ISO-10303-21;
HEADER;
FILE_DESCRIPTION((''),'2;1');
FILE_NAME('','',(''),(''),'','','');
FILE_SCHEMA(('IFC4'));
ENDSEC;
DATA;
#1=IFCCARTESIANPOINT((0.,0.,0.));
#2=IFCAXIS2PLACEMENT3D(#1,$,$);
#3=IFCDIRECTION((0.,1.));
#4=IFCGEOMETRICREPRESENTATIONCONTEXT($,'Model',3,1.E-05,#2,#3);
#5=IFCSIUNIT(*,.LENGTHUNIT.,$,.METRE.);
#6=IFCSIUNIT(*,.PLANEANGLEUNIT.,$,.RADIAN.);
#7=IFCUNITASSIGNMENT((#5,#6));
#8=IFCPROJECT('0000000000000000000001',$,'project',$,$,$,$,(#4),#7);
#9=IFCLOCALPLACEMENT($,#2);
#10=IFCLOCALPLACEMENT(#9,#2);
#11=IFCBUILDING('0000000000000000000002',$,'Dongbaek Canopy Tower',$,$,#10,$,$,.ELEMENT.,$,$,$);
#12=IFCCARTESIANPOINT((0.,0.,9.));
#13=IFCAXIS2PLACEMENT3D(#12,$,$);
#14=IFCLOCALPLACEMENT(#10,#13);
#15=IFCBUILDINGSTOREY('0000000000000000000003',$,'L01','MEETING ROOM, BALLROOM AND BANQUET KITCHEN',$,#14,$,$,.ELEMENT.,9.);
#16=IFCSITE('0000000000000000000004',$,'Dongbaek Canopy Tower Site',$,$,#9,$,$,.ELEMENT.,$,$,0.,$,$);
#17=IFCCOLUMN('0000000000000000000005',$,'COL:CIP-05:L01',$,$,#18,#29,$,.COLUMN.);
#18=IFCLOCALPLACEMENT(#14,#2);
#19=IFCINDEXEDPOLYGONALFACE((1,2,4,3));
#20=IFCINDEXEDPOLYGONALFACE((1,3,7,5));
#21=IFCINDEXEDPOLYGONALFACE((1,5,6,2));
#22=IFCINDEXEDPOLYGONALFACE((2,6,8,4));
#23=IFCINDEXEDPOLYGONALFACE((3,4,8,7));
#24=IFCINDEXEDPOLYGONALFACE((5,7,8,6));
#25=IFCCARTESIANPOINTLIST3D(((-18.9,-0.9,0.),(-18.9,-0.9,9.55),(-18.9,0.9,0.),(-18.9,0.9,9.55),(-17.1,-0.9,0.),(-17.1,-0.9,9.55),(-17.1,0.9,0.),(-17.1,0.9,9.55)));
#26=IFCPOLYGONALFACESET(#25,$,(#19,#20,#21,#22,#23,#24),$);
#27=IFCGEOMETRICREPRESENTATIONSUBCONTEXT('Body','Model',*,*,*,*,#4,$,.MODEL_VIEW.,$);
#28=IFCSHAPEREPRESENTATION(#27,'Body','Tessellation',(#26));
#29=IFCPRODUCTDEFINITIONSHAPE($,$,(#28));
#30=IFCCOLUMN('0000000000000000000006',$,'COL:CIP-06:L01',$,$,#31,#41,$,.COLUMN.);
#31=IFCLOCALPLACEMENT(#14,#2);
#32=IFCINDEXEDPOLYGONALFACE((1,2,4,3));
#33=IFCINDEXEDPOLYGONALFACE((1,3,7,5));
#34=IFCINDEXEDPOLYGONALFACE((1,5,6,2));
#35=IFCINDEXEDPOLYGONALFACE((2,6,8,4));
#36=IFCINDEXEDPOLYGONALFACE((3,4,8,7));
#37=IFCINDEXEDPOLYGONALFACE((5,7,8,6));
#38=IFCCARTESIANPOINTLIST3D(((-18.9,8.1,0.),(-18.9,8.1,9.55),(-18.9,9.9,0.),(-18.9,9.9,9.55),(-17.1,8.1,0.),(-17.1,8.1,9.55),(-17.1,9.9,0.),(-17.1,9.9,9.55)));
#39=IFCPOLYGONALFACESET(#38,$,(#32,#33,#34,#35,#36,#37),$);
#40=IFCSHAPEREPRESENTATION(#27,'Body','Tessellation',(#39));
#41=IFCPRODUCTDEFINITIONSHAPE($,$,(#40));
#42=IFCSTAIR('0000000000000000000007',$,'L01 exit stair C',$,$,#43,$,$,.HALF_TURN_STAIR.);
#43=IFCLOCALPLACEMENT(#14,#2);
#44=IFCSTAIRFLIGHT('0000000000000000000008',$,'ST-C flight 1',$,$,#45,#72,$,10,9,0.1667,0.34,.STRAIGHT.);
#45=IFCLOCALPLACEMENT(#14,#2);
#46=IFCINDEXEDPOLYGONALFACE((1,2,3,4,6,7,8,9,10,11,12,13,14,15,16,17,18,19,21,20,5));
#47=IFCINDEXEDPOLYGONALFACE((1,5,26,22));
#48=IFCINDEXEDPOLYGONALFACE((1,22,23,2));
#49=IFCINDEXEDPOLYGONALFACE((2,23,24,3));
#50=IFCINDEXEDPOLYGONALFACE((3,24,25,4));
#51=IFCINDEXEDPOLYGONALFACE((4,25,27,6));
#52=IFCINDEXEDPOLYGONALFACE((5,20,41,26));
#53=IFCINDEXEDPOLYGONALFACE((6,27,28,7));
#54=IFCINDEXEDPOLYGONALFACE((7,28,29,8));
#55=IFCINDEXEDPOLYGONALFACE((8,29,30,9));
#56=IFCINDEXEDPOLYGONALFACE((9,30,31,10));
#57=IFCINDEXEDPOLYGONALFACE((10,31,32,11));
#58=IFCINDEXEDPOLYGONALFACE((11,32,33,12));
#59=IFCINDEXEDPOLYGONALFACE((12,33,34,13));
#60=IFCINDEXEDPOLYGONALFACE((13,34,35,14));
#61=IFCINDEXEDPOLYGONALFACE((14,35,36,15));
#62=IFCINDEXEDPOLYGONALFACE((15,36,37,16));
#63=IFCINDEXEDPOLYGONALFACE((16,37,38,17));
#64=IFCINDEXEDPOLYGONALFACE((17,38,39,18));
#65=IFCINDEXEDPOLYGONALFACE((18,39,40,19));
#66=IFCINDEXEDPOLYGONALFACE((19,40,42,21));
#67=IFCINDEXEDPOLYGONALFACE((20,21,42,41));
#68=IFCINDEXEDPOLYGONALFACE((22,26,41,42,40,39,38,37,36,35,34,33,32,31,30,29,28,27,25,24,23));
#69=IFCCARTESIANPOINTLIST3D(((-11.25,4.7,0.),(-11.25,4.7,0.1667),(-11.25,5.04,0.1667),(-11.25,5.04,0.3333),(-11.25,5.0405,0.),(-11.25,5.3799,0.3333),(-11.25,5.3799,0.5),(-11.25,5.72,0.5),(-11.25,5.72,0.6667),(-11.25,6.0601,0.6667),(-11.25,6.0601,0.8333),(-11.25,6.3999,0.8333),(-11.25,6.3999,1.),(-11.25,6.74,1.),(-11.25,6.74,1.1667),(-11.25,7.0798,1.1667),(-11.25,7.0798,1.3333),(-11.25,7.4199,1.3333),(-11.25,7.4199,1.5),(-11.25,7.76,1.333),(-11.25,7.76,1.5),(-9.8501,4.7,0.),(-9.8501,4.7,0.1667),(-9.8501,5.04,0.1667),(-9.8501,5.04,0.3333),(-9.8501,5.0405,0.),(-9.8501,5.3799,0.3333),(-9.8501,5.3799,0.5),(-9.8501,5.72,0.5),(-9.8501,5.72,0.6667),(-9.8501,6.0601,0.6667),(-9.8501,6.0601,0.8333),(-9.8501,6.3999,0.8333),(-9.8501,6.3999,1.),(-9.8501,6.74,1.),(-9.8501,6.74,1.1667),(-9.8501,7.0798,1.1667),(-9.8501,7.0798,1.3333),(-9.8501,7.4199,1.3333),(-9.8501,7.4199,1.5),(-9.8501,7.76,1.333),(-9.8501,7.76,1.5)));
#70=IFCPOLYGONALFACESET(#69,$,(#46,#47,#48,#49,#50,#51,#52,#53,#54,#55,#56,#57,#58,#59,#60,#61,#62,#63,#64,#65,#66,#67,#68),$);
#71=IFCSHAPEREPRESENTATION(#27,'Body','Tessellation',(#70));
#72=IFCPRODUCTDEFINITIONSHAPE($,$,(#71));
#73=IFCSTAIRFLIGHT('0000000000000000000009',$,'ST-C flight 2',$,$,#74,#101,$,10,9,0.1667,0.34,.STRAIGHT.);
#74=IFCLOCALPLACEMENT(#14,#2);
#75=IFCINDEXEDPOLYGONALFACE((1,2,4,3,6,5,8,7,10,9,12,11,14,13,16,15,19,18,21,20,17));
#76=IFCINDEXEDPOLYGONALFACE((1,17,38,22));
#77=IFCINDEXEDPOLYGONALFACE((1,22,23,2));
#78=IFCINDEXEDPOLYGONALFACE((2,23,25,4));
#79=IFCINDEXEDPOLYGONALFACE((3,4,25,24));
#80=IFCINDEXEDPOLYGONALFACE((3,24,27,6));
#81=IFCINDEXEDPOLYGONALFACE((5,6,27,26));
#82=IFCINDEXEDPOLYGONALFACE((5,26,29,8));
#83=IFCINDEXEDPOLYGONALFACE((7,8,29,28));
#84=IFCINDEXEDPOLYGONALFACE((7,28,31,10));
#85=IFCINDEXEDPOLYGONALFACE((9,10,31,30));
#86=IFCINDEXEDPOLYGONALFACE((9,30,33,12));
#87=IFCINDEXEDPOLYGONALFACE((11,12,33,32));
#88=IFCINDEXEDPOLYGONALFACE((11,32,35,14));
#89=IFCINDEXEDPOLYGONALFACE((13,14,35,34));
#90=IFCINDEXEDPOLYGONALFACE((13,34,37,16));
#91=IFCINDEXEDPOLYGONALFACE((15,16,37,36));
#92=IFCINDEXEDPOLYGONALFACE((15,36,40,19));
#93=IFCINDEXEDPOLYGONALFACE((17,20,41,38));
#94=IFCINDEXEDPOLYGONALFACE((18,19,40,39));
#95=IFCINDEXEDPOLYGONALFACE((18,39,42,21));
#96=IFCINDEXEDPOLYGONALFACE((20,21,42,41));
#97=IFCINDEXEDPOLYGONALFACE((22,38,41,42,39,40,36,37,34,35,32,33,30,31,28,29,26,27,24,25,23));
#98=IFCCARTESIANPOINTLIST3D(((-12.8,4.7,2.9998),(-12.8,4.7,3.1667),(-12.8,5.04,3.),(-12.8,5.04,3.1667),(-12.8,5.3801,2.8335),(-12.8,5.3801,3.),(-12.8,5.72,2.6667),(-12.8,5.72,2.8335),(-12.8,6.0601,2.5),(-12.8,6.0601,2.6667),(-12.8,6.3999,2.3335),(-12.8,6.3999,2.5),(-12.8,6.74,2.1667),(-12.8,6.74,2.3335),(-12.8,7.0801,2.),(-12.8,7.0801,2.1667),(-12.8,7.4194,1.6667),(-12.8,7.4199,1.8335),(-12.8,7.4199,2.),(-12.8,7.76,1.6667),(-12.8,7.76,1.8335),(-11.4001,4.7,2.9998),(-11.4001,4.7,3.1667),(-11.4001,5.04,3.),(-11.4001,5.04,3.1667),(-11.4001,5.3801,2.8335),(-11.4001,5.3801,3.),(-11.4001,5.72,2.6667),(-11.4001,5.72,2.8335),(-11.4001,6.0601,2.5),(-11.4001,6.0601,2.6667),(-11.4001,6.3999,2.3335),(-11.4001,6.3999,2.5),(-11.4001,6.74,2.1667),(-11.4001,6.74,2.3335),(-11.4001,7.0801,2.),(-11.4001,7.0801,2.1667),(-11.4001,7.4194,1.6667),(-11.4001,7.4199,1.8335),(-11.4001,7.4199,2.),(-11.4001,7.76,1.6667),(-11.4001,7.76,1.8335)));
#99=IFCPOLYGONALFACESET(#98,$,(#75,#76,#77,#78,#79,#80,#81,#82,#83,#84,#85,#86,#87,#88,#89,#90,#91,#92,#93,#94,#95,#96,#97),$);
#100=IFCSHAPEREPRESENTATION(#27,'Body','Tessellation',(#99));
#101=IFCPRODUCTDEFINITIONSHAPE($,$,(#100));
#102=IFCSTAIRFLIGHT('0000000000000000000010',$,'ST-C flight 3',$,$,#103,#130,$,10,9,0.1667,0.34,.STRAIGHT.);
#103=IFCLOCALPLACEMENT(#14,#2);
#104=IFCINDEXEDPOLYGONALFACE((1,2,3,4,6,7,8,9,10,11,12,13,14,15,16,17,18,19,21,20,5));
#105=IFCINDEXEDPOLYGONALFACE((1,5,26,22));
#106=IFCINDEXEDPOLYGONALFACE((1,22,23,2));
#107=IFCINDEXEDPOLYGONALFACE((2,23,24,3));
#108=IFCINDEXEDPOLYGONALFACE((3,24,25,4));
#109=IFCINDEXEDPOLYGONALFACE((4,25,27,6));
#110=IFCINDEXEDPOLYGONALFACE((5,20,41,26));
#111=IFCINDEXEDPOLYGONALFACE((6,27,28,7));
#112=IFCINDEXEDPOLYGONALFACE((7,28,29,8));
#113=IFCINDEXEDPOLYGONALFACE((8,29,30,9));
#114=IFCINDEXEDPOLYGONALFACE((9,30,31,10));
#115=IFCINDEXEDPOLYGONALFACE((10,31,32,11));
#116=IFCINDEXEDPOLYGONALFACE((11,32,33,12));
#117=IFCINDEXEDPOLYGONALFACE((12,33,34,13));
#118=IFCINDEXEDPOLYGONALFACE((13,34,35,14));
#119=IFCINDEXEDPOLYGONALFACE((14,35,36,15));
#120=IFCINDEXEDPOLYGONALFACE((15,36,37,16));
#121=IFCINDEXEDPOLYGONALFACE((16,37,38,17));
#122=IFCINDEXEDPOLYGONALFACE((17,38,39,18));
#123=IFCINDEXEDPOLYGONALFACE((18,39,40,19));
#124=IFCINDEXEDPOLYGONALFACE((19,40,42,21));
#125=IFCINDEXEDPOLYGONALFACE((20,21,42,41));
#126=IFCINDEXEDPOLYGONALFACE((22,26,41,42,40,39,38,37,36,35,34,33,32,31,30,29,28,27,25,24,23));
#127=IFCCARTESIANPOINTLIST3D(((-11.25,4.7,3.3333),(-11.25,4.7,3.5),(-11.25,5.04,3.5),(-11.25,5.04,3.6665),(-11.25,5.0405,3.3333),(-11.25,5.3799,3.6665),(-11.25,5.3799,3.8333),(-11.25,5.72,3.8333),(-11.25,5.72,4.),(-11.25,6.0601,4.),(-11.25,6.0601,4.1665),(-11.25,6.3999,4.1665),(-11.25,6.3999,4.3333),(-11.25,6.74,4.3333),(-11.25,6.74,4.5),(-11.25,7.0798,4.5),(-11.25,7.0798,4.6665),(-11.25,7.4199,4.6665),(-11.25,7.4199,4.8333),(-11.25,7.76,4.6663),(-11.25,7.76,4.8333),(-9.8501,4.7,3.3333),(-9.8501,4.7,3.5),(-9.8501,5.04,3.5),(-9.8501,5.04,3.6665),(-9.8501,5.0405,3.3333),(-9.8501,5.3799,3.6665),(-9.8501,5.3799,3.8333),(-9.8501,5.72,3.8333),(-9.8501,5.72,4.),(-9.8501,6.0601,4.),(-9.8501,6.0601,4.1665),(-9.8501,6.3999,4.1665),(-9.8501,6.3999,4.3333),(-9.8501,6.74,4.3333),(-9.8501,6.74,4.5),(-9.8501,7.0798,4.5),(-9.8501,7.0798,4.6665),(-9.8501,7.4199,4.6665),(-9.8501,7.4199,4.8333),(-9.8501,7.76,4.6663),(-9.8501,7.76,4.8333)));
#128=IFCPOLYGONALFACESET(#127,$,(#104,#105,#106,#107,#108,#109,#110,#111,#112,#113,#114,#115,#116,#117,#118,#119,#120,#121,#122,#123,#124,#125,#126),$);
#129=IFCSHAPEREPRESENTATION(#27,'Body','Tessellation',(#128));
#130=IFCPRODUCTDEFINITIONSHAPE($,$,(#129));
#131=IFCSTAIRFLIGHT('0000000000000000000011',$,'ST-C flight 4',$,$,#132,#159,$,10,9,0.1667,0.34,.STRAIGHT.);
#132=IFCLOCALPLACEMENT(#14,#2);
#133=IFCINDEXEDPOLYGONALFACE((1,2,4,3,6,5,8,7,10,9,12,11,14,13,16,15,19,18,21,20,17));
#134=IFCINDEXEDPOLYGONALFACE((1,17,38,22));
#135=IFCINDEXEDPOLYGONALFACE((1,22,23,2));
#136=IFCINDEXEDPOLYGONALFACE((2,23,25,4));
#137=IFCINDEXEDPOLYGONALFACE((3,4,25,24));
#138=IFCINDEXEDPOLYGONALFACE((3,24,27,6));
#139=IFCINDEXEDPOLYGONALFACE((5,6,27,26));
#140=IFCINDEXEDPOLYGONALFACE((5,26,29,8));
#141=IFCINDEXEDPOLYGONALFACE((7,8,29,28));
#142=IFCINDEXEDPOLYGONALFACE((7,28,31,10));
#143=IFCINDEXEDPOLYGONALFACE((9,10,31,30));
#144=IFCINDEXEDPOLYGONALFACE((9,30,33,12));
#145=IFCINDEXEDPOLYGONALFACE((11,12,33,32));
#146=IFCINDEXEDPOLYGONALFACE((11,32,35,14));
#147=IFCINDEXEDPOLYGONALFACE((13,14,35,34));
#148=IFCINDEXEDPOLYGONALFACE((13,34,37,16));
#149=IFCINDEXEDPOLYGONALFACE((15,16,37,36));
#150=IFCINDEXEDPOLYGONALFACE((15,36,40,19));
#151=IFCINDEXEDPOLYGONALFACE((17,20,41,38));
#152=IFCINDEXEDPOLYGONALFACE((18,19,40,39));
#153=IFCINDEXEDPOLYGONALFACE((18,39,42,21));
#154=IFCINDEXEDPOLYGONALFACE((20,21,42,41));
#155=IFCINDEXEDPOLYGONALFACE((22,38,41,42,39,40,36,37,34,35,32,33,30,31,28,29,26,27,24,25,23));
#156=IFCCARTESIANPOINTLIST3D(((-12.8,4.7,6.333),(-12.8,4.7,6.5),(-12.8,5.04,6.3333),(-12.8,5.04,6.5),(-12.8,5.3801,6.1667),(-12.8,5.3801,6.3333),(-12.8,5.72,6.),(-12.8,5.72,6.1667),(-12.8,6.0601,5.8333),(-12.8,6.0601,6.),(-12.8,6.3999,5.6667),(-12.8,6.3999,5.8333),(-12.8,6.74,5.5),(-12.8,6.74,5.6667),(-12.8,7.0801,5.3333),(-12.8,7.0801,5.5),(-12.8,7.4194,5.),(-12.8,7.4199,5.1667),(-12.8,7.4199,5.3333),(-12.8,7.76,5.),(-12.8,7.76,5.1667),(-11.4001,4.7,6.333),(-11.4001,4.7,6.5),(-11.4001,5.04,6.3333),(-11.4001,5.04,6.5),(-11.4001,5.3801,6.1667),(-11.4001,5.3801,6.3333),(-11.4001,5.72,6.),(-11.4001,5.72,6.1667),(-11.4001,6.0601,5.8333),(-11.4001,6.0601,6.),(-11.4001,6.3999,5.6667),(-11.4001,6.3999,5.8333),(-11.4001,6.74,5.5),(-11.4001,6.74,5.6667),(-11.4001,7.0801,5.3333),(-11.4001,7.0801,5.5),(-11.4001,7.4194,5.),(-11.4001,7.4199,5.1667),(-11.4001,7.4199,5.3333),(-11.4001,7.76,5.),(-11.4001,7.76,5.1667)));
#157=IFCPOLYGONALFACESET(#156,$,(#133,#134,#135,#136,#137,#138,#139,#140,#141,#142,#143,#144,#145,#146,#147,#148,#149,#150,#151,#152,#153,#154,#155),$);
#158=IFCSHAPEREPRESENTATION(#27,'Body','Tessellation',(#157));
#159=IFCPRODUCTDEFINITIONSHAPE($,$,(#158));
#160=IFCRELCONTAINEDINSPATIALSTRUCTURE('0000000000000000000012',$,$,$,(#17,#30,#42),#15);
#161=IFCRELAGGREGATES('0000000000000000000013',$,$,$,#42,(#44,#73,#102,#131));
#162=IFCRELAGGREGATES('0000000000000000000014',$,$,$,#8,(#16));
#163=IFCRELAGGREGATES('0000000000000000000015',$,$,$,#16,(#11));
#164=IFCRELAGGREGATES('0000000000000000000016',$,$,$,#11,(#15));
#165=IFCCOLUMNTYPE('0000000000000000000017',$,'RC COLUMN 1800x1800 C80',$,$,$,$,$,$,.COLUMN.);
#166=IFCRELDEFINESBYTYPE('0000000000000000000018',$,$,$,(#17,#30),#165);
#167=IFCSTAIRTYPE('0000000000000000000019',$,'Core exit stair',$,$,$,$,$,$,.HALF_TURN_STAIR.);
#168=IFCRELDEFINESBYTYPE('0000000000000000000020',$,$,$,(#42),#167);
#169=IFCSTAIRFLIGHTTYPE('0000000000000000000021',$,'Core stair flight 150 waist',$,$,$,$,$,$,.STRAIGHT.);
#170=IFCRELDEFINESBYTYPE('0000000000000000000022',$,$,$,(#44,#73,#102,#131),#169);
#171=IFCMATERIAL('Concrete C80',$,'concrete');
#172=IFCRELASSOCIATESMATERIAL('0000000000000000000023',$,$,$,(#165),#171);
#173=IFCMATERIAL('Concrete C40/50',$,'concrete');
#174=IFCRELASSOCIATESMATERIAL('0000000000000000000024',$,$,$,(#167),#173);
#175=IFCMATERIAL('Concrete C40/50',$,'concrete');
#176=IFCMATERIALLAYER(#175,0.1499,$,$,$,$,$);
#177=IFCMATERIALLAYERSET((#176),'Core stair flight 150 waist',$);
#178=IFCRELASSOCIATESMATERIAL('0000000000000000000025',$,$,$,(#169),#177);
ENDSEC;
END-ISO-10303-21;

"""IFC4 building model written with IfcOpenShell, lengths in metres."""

from ifc_helpers import new_model, si_unit, direction, frame, origin, origin_2d, place, context, subcontext, project, spatial, polyline, rectangle, outline, extrude, material, layer, layer_set, material_profile, profile_set, type_object, element, aggregate, save


model = new_model("IFC4")

# Units and contexts
model_context = context("Model", 3, precision=1e-05, world=origin(), true_north=direction((0.0, 1.0)))
body_context = subcontext(model_context, "Body", "Model", "MODEL_VIEW")
ifc_project = project(units=[si_unit("LENGTHUNIT", "METRE"), si_unit("PLANEANGLEUNIT", "RADIAN")], contexts=[model_context])

# Site, building, storey
site_placement = place(None, origin())
site = spatial("IfcSite", under=ifc_project, at=site_placement, Name="Dongbaek Canopy Tower Site", CompositionType="ELEMENT", RefElevation=0.0)
building_placement = place(site_placement, origin())
building = spatial("IfcBuilding", under=site, at=building_placement, Name="Dongbaek Canopy Tower", CompositionType="ELEMENT")
storey_placement = place(building_placement, frame((0.0, 0.0, 9.0)))
storey = spatial("IfcBuildingStorey", under=building, at=storey_placement, Name="L01", Description="MEETING ROOM, BALLROOM AND BANQUET KITCHEN", CompositionType="ELEMENT", Elevation=9.0)

# Columns
ifc_material_1 = material(Name="Concrete C80", Category="concrete")
ifc_material_profile = material_profile(ifc_material_1, rectangle(XDim=1.8, YDim=1.8, at=origin_2d()), Name="RC COLUMN 1800x1800 C80")
ifc_profile_set = profile_set([ifc_material_profile], Name="Concrete C80")
column_type = type_object("IfcColumnType", Name="RC COLUMN 1800x1800 C80", PredefinedType="COLUMN", material=ifc_profile_set)
for number, where, z_axis, x_axis, name in (
    (1, (-18.0, 0.0, 0.0), (0.0, 0.0, 1.0), (1.0, 0.0, 0.0), "COL:CIP-05:L01"),
    (2, (-18.0, 9.0, 0.0), (0.0, 0.0, 1.0), (1.0, 0.0, 0.0), "COL:CIP-06:L01"),
):
    element("IfcColumn", number, at=place(storey_placement, frame(where, z_axis=z_axis, x_axis=x_axis)), inside=storey, type_object=column_type, Name=name, PredefinedType="COLUMN", context=body_context, shape_type="SweptSolid", body=[
        extrude(rectangle(XDim=1.8, YDim=1.8, at=origin_2d()), origin(), (0.0, 0.0, 1.0), 9.55),
    ])

# Stair, stair flights
ifc_material_2 = material(Name="Concrete C40/50", Category="concrete")
stair_type = type_object("IfcStairType", Name="Core exit stair", PredefinedType="HALF_TURN_STAIR", material=ifc_material_2)
stair_placement = place(storey_placement, origin())
stair = element("IfcStair", 3, at=stair_placement, inside=storey, type_object=stair_type, Name="L01 exit stair C", PredefinedType="HALF_TURN_STAIR")
ifc_material_3 = material(Name="Concrete C40/50", Category="concrete")
ifc_layer = layer(ifc_material_3, 0.1499)
ifc_layer_set = layer_set([ifc_layer], Name="Core stair flight 150 waist")
stair_flight_type = type_object("IfcStairFlightType", Name="Core stair flight 150 waist", PredefinedType="STRAIGHT", material=ifc_layer_set)
stair_flight_1_placement = place(storey_placement, frame((-10.55, 4.7, 0.0), z_axis=(0.0, 0.0, 1.0), x_axis=(0.0, 1.0, 0.0)))
stair_flight_1 = element("IfcStairFlight", 4, at=stair_flight_1_placement, type_object=stair_flight_type, Name="ST-C flight 1", NumberOfRisers=10, NumberOfTreads=9, PredefinedType="STRAIGHT", RiserHeight=0.1667, TreadLength=0.34, context=body_context, shape_type="SweptSolid", body=[
    extrude(outline(polyline([(0.0, 0.0), (0.0, 0.1667), (0.3401, 0.1667), (0.3401, 0.3333), (0.6799, 0.3333), (0.6799, 0.5), (1.02, 0.5), (1.02, 0.6667), (1.3601, 0.6667), (1.3601, 0.8333), (1.7, 0.8333), (1.7, 1.0), (2.04, 1.0), (2.04, 1.1667), (2.3799, 1.1667), (2.3799, 1.3333), (2.72, 1.3333), (2.72, 1.5), (3.0601, 1.5), (3.0601, 1.6667), (3.0601, 1.333), (0.3406, 0.0), (0.0, 0.0)])), frame((0.0, 0.7, 0.0), z_axis=(0.0, -1.0, 0.0), x_axis=(1.0, 0.0, 0.0)), (0.0, 0.0, 1.0), 1.3999),
])
stair_flight_2_placement = place(storey_placement, frame((-12.1001, 7.76, 1.6667), z_axis=(0.0, 0.0, 1.0), x_axis=(0.0, -1.0, 0.0)))
stair_flight_2 = element("IfcStairFlight", 5, at=stair_flight_2_placement, type_object=stair_flight_type, Name="ST-C flight 2", NumberOfRisers=10, NumberOfTreads=9, PredefinedType="STRAIGHT", RiserHeight=0.1667, TreadLength=0.34, context=body_context, shape_type="SweptSolid", body=[
    extrude(outline(polyline([(0.0, 0.0), (0.0, 0.1667), (0.3401, 0.1667), (0.3401, 0.3333), (0.6799, 0.3333), (0.6799, 0.5), (1.02, 0.5), (1.02, 0.6667), (1.3601, 0.6667), (1.3601, 0.8333), (1.7, 0.8333), (1.7, 1.0), (2.04, 1.0), (2.04, 1.1667), (2.3799, 1.1667), (2.3799, 1.3333), (2.72, 1.3333), (2.72, 1.5), (3.0601, 1.5), (3.0601, 1.6667), (3.0601, 1.333), (0.3406, 0.0), (0.0, 0.0)])), frame((0.0, 0.7, 0.0), z_axis=(0.0, -1.0, 0.0), x_axis=(1.0, 0.0, 0.0)), (0.0, 0.0, 1.0), 1.3999),
])
stair_flight_3_placement = place(storey_placement, frame((-10.55, 4.7, 3.3333), z_axis=(0.0, 0.0, 1.0), x_axis=(0.0, 1.0, 0.0)))
stair_flight_3 = element("IfcStairFlight", 6, at=stair_flight_3_placement, type_object=stair_flight_type, Name="ST-C flight 3", NumberOfRisers=10, NumberOfTreads=9, PredefinedType="STRAIGHT", RiserHeight=0.1667, TreadLength=0.34, context=body_context, shape_type="SweptSolid", body=[
    extrude(outline(polyline([(0.0, 0.0), (0.0, 0.1667), (0.3401, 0.1667), (0.3401, 0.3333), (0.6799, 0.3333), (0.6799, 0.5), (1.02, 0.5), (1.02, 0.6667), (1.3601, 0.6667), (1.3601, 0.8333), (1.7, 0.8333), (1.7, 1.0), (2.04, 1.0), (2.04, 1.1667), (2.3799, 1.1667), (2.3799, 1.3333), (2.72, 1.3333), (2.72, 1.5), (3.0601, 1.5), (3.0601, 1.6667), (3.0601, 1.333), (0.3406, 0.0), (0.0, 0.0)])), frame((0.0, 0.7, 0.0), z_axis=(0.0, -1.0, 0.0), x_axis=(1.0, 0.0, 0.0)), (0.0, 0.0, 1.0), 1.3999),
])
stair_flight_4_placement = place(storey_placement, frame((-12.1001, 7.76, 5.0), z_axis=(0.0, 0.0, 1.0), x_axis=(0.0, -1.0, 0.0)))
stair_flight_4 = element("IfcStairFlight", 7, at=stair_flight_4_placement, type_object=stair_flight_type, Name="ST-C flight 4", NumberOfRisers=10, NumberOfTreads=9, PredefinedType="STRAIGHT", RiserHeight=0.1667, TreadLength=0.34, context=body_context, shape_type="SweptSolid", body=[
    extrude(outline(polyline([(0.0, 0.0), (0.0, 0.1667), (0.3401, 0.1667), (0.3401, 0.3333), (0.6799, 0.3333), (0.6799, 0.5), (1.02, 0.5), (1.02, 0.6667), (1.3601, 0.6667), (1.3601, 0.8333), (1.7, 0.8333), (1.7, 1.0), (2.04, 1.0), (2.04, 1.1667), (2.3799, 1.1667), (2.3799, 1.3333), (2.72, 1.3333), (2.72, 1.5), (3.0601, 1.5), (3.0601, 1.6667), (3.0601, 1.333), (0.3406, 0.0), (0.0, 0.0)])), frame((0.0, 0.7, 0.0), z_axis=(0.0, -1.0, 0.0), x_axis=(1.0, 0.0, 0.0)), (0.0, 0.0, 1.0), 1.3999),
])
aggregate(stair, [stair_flight_1, stair_flight_2, stair_flight_3, stair_flight_4])

save(model, "model.ifc")
